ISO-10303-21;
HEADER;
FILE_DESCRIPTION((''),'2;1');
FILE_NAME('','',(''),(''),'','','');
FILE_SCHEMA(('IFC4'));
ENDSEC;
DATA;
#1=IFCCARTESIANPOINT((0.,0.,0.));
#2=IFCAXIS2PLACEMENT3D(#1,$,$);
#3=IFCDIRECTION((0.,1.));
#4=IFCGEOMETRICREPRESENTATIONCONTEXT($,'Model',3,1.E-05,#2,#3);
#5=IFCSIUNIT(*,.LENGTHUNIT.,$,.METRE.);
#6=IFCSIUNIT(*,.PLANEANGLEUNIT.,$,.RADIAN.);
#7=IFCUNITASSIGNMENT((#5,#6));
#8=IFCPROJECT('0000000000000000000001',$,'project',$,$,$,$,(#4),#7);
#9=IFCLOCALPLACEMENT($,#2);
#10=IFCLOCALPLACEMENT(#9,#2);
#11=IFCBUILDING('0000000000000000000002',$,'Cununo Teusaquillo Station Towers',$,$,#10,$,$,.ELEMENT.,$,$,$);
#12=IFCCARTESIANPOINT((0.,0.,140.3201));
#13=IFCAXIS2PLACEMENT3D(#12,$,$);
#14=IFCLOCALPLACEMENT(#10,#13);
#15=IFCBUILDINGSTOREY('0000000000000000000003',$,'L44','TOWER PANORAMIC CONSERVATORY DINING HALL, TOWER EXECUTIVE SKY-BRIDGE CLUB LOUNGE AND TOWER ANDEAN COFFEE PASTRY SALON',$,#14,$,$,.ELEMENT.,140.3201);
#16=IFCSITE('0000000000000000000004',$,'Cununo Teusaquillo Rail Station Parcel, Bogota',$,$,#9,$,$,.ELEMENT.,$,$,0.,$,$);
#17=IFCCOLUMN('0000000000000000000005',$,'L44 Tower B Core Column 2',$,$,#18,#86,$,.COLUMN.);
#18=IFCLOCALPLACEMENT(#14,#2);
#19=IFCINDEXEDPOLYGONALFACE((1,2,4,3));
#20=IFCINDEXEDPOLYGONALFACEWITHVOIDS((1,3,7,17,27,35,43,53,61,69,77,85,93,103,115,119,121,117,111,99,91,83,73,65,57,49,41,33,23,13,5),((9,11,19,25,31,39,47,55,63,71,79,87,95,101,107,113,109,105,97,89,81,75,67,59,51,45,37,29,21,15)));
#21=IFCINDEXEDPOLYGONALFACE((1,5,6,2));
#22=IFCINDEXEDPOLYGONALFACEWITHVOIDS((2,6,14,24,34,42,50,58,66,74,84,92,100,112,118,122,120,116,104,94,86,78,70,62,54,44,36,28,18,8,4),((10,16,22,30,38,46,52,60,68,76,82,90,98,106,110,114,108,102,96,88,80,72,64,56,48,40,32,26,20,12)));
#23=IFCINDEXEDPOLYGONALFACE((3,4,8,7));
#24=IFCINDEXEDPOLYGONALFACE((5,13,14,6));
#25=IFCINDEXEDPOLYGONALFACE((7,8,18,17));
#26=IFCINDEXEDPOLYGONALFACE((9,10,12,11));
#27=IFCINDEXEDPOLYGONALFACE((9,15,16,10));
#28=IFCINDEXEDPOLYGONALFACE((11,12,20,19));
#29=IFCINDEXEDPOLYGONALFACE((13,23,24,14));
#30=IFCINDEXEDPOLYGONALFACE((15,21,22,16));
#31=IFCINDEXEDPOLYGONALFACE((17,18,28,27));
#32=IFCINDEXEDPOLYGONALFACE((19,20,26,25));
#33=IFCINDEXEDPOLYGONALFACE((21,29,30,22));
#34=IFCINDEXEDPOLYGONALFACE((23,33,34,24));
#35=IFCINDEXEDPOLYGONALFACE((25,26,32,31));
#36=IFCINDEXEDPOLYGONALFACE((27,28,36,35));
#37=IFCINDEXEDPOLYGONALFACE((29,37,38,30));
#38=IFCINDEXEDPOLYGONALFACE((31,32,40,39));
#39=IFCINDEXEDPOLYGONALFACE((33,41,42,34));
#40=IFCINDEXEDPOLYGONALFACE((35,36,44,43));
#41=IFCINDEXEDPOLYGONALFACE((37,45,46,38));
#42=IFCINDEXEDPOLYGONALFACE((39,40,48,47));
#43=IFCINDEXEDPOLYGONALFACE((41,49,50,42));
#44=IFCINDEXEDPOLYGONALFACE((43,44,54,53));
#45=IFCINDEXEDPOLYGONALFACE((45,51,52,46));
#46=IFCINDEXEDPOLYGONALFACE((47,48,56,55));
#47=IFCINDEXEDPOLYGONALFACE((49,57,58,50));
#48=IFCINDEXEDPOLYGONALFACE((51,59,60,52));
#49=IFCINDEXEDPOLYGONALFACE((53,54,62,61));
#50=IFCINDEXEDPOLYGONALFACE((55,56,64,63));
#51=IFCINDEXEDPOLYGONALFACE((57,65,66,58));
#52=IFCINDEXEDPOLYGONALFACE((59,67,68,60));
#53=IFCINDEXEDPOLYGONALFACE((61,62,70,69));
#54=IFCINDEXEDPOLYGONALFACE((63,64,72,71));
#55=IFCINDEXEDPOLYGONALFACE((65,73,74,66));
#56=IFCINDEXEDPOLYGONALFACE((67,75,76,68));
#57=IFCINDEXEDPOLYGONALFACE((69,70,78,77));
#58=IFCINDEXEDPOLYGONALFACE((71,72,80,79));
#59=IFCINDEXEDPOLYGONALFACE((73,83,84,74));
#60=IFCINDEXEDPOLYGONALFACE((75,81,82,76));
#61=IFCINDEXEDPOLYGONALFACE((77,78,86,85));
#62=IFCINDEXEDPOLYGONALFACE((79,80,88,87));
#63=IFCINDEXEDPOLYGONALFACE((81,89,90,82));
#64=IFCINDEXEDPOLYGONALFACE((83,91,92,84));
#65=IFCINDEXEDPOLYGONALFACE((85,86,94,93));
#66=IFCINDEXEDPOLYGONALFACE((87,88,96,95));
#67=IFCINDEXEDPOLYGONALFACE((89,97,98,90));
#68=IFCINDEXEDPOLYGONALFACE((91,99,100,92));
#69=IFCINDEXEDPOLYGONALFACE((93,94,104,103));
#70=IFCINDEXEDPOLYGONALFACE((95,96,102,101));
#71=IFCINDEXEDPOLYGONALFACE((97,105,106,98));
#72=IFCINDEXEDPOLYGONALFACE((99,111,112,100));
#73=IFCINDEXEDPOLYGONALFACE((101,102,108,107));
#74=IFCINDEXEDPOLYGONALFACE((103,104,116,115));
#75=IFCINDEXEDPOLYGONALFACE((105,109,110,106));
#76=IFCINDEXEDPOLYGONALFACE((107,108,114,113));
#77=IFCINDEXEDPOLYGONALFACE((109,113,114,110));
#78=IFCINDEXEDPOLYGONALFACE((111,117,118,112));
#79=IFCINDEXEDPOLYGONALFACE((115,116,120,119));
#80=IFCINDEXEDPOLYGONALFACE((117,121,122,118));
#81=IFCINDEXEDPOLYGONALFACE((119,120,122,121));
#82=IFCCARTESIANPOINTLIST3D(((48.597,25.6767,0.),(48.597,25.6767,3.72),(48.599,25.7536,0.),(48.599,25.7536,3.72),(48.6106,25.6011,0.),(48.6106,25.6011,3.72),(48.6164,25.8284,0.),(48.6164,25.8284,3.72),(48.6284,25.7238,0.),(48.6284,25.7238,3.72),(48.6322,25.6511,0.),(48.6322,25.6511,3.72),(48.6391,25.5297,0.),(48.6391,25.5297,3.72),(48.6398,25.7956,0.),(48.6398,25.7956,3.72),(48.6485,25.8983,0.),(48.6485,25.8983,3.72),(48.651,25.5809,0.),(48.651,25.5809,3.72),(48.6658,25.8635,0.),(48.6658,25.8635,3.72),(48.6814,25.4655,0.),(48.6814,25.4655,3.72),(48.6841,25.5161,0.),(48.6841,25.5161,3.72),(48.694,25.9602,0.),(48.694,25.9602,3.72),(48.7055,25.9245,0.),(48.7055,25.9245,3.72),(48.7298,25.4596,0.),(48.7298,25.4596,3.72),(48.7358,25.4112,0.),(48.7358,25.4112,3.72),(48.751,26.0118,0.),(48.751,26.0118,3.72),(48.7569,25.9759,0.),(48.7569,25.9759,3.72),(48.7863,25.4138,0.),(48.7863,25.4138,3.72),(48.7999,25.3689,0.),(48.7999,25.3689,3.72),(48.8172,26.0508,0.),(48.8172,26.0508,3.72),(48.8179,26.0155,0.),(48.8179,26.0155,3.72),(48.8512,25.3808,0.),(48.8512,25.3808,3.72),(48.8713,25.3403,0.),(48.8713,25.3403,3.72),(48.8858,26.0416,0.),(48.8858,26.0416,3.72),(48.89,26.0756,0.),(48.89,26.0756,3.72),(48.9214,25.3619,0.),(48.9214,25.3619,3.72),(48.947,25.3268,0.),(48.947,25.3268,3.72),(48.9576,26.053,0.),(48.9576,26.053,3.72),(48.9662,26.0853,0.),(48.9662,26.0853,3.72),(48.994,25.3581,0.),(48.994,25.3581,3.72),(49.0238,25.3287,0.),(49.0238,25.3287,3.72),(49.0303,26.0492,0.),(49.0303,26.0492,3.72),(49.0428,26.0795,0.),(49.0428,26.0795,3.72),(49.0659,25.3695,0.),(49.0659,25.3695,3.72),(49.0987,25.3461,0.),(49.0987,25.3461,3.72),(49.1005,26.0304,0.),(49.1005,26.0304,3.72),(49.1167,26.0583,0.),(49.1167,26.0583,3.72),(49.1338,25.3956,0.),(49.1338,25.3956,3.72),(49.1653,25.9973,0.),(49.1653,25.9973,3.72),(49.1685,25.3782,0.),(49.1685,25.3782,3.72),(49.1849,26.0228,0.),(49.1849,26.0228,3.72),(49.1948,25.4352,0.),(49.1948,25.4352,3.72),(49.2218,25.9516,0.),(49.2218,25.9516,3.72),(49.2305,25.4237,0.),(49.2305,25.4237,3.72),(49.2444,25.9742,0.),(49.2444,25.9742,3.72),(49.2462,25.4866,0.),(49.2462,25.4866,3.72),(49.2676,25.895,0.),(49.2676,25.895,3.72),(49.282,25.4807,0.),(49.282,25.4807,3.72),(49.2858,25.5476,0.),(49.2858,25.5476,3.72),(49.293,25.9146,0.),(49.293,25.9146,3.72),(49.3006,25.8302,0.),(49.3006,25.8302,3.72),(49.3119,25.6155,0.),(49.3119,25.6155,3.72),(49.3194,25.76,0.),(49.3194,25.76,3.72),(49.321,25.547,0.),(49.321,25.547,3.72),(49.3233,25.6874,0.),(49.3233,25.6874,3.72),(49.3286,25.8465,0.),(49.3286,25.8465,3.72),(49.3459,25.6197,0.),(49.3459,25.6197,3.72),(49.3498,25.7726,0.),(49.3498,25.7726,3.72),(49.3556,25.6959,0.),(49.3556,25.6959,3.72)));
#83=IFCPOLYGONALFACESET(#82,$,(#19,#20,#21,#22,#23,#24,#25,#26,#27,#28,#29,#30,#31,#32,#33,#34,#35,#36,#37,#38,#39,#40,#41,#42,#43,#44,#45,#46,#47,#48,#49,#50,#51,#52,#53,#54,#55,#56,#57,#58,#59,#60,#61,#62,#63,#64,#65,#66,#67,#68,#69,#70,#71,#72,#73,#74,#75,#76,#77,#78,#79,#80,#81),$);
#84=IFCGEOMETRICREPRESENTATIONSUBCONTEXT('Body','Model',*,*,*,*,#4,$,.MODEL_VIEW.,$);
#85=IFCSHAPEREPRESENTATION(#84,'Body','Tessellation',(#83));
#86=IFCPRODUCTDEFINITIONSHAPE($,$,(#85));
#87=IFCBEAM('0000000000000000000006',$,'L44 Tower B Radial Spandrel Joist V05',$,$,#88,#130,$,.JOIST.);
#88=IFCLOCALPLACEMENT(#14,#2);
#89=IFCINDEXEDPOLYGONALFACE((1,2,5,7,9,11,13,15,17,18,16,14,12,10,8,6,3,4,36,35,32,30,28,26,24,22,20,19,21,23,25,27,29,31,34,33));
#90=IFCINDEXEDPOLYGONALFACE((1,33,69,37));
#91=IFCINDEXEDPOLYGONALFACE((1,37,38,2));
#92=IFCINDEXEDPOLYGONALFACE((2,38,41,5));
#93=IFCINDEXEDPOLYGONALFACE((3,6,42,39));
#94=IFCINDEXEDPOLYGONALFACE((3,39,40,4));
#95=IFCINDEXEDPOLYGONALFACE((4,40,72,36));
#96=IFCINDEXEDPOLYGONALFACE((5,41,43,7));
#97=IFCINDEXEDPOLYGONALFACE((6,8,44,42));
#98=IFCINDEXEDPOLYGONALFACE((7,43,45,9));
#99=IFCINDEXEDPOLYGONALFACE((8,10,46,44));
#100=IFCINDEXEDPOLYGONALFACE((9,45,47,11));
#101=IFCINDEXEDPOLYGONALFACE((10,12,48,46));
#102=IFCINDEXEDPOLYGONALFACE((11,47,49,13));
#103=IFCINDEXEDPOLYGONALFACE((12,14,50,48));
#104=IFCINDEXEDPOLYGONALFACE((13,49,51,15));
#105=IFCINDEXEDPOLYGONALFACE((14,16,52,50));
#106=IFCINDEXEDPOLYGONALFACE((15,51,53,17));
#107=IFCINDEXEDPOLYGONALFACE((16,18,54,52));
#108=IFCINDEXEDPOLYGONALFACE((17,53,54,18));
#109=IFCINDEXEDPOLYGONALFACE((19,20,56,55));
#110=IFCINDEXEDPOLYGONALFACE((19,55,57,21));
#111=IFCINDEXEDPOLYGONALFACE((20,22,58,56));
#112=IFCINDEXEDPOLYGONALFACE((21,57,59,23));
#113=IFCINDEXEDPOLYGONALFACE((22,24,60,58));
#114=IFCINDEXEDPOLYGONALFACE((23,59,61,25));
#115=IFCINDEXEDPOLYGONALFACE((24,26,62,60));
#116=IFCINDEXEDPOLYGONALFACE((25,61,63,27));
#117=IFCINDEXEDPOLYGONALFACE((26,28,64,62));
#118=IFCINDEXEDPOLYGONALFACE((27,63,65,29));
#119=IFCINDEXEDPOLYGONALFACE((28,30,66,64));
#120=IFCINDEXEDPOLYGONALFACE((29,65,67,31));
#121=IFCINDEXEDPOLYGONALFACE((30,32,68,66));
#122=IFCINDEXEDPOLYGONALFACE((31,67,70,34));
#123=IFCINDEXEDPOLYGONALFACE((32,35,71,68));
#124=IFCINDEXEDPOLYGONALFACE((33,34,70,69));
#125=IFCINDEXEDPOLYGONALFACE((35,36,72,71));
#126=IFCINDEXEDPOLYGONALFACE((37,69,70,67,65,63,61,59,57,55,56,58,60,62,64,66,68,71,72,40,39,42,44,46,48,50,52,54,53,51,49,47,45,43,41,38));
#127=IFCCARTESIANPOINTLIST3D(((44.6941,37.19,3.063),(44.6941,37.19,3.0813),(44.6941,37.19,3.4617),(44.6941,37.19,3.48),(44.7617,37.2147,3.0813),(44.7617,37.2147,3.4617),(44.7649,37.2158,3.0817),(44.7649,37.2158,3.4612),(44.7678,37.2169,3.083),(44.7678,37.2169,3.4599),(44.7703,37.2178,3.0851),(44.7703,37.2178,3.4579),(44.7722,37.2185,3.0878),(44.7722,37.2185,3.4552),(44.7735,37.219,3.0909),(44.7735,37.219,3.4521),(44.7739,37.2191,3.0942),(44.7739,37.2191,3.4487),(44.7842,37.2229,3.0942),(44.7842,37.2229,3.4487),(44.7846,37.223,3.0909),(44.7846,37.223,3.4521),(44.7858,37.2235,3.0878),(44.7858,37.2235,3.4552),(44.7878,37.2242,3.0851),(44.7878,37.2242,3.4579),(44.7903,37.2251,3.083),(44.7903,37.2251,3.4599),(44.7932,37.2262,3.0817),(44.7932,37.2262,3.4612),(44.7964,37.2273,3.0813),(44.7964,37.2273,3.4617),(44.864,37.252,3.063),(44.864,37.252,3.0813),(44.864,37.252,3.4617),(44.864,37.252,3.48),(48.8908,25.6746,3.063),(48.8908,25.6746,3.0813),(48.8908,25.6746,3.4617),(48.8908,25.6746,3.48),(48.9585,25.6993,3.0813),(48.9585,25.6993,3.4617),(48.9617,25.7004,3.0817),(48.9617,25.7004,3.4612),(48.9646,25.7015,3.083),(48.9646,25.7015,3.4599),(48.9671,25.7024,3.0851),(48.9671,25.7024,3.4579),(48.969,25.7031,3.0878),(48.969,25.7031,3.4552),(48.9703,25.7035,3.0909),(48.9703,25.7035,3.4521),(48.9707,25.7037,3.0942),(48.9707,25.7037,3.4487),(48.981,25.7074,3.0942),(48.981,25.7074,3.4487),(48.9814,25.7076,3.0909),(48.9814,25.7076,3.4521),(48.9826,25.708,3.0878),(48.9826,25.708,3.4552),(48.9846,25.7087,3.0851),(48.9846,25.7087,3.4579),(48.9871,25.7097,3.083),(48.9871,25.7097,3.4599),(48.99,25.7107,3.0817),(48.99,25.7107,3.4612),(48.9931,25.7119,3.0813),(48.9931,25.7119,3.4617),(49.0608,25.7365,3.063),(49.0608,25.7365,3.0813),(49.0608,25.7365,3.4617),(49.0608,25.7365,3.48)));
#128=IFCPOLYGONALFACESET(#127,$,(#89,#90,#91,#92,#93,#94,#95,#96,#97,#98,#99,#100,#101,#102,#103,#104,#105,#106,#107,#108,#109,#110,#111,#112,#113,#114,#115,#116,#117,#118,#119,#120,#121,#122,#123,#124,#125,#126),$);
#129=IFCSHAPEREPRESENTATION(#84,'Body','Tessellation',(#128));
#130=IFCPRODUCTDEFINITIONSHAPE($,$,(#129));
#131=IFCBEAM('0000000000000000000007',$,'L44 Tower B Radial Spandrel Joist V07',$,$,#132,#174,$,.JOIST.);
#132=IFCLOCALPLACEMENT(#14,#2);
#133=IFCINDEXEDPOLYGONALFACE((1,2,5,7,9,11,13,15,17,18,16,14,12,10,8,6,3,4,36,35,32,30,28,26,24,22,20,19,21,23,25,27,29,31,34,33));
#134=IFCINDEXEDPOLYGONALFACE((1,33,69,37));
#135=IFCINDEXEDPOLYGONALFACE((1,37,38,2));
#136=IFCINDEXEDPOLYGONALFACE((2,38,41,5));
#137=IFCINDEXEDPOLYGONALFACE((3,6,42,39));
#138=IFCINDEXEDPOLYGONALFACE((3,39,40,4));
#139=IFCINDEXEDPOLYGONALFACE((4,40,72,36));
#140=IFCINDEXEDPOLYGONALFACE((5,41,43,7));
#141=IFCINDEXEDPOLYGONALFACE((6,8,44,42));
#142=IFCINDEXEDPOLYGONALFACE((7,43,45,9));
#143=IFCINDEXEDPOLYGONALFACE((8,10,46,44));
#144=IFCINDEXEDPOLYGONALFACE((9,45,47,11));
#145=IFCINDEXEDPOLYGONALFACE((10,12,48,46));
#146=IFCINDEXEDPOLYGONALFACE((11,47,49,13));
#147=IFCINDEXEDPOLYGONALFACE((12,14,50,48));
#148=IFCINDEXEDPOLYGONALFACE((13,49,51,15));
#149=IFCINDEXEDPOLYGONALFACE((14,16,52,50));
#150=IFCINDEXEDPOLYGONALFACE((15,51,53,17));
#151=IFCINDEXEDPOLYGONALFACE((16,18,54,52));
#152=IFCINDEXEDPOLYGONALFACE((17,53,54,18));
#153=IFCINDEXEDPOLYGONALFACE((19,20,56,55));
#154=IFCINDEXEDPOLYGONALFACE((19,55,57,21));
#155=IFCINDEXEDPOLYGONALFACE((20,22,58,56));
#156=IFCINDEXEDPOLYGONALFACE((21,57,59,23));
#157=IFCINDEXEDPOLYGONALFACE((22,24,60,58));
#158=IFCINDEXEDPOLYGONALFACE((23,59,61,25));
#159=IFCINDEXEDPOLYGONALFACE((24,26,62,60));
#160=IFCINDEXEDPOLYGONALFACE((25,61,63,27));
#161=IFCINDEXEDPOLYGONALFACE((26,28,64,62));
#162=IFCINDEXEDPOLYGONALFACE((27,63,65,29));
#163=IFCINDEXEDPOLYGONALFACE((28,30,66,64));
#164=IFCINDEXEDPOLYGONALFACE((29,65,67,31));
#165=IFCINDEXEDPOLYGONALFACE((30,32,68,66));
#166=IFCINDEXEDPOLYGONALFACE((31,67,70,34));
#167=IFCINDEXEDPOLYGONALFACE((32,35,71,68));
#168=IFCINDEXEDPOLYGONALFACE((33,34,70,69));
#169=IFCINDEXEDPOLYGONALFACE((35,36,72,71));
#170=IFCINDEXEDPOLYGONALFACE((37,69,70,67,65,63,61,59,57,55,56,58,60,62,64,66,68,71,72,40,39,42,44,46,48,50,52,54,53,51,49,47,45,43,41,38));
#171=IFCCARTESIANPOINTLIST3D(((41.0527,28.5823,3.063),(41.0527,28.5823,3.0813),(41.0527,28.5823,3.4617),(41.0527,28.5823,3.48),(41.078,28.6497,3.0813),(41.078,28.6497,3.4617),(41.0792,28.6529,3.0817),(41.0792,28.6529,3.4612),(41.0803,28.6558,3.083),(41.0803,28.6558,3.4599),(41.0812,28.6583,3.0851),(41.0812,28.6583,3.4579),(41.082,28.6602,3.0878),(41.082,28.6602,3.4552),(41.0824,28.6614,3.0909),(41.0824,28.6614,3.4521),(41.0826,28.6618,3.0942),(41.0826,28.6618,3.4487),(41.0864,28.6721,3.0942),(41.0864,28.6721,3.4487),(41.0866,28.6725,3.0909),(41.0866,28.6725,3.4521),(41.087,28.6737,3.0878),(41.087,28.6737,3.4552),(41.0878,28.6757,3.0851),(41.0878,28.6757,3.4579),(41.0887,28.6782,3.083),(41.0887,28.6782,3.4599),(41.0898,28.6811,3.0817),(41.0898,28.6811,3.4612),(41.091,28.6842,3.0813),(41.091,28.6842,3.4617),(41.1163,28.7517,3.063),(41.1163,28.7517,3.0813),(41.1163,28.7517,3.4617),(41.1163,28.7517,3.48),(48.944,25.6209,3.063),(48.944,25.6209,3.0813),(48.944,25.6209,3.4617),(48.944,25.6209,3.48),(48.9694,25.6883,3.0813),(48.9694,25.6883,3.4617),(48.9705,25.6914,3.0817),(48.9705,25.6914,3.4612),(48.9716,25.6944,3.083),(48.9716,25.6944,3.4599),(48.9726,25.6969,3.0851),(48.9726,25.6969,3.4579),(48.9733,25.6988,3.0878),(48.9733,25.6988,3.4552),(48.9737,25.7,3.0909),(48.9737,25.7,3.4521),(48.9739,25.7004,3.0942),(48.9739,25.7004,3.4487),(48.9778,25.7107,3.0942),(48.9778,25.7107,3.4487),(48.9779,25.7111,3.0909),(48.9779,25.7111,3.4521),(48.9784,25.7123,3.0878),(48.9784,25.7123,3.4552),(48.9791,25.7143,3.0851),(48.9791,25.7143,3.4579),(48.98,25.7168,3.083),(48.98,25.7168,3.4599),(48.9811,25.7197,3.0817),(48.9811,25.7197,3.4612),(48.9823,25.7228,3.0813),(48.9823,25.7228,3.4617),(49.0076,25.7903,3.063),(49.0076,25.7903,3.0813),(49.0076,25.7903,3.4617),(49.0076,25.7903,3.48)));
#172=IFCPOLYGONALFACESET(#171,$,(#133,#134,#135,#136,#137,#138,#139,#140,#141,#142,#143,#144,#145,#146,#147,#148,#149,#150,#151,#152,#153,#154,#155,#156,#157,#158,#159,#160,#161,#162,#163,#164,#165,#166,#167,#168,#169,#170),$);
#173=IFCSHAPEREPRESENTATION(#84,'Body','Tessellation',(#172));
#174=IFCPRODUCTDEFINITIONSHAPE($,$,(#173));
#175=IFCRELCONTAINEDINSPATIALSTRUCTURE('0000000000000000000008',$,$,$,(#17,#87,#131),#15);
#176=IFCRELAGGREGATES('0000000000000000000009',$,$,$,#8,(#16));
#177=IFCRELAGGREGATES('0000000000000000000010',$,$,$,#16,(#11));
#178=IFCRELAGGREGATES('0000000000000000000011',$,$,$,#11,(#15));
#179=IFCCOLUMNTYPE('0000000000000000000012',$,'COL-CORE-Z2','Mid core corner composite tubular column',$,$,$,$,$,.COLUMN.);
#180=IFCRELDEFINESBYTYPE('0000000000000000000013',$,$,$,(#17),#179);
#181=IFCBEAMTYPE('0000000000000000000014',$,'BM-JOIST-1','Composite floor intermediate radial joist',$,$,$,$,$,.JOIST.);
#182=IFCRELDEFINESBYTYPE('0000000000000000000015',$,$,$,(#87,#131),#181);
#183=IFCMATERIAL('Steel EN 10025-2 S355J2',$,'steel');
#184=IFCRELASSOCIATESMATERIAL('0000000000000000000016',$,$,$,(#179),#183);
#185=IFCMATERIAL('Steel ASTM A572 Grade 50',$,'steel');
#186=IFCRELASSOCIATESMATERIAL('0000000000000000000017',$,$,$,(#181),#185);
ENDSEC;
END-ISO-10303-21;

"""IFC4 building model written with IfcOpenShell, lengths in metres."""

from ifc_helpers import new_model, si_unit, direction, frame, origin, origin_2d, place, context, subcontext, project, spatial, hollow_circle, i_section, extrude, material, material_profile, profile_set, type_object, element, save


model = new_model("IFC4")

# Units and contexts
model_context = context("Model", 3, precision=1e-05, world=origin(), true_north=direction((0.0, 1.0)))
body_context = subcontext(model_context, "Body", "Model", "MODEL_VIEW")
ifc_project = project(units=[si_unit("LENGTHUNIT", "METRE"), si_unit("PLANEANGLEUNIT", "RADIAN")], contexts=[model_context])

# Site, building, storey
site_placement = place(None, origin())
site = spatial("IfcSite", under=ifc_project, at=site_placement, Name="Cununo Teusaquillo Rail Station Parcel, Bogota", CompositionType="ELEMENT", RefElevation=0.0)
building_placement = place(site_placement, origin())
building = spatial("IfcBuilding", under=site, at=building_placement, Name="Cununo Teusaquillo Station Towers", CompositionType="ELEMENT")
storey_placement = place(building_placement, frame((0.0, 0.0, 140.3201)))
storey = spatial("IfcBuildingStorey", under=building, at=storey_placement, Name="L44", Description="TOWER PANORAMIC CONSERVATORY DINING HALL, TOWER EXECUTIVE SKY-BRIDGE CLUB LOUNGE AND TOWER ANDEAN COFFEE PASTRY SALON", CompositionType="ELEMENT", Elevation=140.3201)

# Column
ifc_material_1 = material(Name="Steel EN 10025-2 S355J2", Category="steel")
ifc_material_profile_1 = material_profile(ifc_material_1, hollow_circle(Radius=0.3799, WallThickness=0.032, at=origin_2d()), Name="CHS 760x32")
ifc_profile_set_1 = profile_set([ifc_material_profile_1], Name="Steel EN 10025-2 S355J2")
column_type = type_object("IfcColumnType", Name="COL-CORE-Z2", Description="Mid core corner composite tubular column", PredefinedType="COLUMN", material=ifc_profile_set_1)
column_placement = place(storey_placement, frame((48.9758, 25.7056, 0.0), z_axis=(0.0, 0.0, 1.0), x_axis=(0.707107, 0.707107, 0.0)))
element("IfcColumn", 1, at=column_placement, inside=storey, type_object=column_type, Name="L44 Tower B Core Column 2", PredefinedType="COLUMN", context=body_context, shape_type="SweptSolid", body=[
    extrude(hollow_circle(Radius=0.3799, WallThickness=0.032, at=origin_2d()), origin(), (0.0, 0.0, 1.0), 3.72),
])

# Beams
ifc_material_2 = material(Name="Steel ASTM A572 Grade 50", Category="steel")
ifc_material_profile_2 = material_profile(ifc_material_2, i_section(OverallWidth=0.1809, OverallDepth=0.417, WebThickness=0.011, FlangeThickness=0.0183, FilletRadius=0.0129, at=origin_2d()), Name="W16X57")
ifc_profile_set_2 = profile_set([ifc_material_profile_2], Name="Steel ASTM A572 Grade 50")
beam_type_1 = type_object("IfcBeamType", Name="BM-JOIST-1", Description="Composite floor intermediate radial joist", PredefinedType="JOIST", material=ifc_profile_set_2)
beam_1_placement = place(storey_placement, frame((48.9758, 25.7056, 3.2715), z_axis=(-0.342418, 0.939548, 0.0), x_axis=(-0.939548, -0.342418, 0.0)))
element("IfcBeam", 2, at=beam_1_placement, inside=storey, type_object=beam_type_1, Name="L44 Tower B Radial Spandrel Joist V05", PredefinedType="JOIST", context=body_context, shape_type="SweptSolid", body=[
    extrude(i_section(OverallWidth=0.1809, OverallDepth=0.417, WebThickness=0.011, FlangeThickness=0.0183, FilletRadius=0.0129, at=origin_2d()), origin(), (0.0, 0.0, 1.0), 12.2563),
])
beam_2_placement = place(storey_placement, frame((48.9758, 25.7056, 3.2715), z_axis=(-0.936245, 0.351349, 0.0), x_axis=(-0.351349, -0.936245, 0.0)))
element("IfcBeam", 3, at=beam_2_placement, inside=storey, type_object=beam_type_1, Name="L44 Tower B Radial Spandrel Joist V07", PredefinedType="JOIST", context=body_context, shape_type="SweptSolid", body=[
    extrude(i_section(OverallWidth=0.1809, OverallDepth=0.417, WebThickness=0.011, FlangeThickness=0.0183, FilletRadius=0.0129, at=origin_2d()), origin(), (0.0, 0.0, 1.0), 8.4287),
])

save(model, "model.ifc")
